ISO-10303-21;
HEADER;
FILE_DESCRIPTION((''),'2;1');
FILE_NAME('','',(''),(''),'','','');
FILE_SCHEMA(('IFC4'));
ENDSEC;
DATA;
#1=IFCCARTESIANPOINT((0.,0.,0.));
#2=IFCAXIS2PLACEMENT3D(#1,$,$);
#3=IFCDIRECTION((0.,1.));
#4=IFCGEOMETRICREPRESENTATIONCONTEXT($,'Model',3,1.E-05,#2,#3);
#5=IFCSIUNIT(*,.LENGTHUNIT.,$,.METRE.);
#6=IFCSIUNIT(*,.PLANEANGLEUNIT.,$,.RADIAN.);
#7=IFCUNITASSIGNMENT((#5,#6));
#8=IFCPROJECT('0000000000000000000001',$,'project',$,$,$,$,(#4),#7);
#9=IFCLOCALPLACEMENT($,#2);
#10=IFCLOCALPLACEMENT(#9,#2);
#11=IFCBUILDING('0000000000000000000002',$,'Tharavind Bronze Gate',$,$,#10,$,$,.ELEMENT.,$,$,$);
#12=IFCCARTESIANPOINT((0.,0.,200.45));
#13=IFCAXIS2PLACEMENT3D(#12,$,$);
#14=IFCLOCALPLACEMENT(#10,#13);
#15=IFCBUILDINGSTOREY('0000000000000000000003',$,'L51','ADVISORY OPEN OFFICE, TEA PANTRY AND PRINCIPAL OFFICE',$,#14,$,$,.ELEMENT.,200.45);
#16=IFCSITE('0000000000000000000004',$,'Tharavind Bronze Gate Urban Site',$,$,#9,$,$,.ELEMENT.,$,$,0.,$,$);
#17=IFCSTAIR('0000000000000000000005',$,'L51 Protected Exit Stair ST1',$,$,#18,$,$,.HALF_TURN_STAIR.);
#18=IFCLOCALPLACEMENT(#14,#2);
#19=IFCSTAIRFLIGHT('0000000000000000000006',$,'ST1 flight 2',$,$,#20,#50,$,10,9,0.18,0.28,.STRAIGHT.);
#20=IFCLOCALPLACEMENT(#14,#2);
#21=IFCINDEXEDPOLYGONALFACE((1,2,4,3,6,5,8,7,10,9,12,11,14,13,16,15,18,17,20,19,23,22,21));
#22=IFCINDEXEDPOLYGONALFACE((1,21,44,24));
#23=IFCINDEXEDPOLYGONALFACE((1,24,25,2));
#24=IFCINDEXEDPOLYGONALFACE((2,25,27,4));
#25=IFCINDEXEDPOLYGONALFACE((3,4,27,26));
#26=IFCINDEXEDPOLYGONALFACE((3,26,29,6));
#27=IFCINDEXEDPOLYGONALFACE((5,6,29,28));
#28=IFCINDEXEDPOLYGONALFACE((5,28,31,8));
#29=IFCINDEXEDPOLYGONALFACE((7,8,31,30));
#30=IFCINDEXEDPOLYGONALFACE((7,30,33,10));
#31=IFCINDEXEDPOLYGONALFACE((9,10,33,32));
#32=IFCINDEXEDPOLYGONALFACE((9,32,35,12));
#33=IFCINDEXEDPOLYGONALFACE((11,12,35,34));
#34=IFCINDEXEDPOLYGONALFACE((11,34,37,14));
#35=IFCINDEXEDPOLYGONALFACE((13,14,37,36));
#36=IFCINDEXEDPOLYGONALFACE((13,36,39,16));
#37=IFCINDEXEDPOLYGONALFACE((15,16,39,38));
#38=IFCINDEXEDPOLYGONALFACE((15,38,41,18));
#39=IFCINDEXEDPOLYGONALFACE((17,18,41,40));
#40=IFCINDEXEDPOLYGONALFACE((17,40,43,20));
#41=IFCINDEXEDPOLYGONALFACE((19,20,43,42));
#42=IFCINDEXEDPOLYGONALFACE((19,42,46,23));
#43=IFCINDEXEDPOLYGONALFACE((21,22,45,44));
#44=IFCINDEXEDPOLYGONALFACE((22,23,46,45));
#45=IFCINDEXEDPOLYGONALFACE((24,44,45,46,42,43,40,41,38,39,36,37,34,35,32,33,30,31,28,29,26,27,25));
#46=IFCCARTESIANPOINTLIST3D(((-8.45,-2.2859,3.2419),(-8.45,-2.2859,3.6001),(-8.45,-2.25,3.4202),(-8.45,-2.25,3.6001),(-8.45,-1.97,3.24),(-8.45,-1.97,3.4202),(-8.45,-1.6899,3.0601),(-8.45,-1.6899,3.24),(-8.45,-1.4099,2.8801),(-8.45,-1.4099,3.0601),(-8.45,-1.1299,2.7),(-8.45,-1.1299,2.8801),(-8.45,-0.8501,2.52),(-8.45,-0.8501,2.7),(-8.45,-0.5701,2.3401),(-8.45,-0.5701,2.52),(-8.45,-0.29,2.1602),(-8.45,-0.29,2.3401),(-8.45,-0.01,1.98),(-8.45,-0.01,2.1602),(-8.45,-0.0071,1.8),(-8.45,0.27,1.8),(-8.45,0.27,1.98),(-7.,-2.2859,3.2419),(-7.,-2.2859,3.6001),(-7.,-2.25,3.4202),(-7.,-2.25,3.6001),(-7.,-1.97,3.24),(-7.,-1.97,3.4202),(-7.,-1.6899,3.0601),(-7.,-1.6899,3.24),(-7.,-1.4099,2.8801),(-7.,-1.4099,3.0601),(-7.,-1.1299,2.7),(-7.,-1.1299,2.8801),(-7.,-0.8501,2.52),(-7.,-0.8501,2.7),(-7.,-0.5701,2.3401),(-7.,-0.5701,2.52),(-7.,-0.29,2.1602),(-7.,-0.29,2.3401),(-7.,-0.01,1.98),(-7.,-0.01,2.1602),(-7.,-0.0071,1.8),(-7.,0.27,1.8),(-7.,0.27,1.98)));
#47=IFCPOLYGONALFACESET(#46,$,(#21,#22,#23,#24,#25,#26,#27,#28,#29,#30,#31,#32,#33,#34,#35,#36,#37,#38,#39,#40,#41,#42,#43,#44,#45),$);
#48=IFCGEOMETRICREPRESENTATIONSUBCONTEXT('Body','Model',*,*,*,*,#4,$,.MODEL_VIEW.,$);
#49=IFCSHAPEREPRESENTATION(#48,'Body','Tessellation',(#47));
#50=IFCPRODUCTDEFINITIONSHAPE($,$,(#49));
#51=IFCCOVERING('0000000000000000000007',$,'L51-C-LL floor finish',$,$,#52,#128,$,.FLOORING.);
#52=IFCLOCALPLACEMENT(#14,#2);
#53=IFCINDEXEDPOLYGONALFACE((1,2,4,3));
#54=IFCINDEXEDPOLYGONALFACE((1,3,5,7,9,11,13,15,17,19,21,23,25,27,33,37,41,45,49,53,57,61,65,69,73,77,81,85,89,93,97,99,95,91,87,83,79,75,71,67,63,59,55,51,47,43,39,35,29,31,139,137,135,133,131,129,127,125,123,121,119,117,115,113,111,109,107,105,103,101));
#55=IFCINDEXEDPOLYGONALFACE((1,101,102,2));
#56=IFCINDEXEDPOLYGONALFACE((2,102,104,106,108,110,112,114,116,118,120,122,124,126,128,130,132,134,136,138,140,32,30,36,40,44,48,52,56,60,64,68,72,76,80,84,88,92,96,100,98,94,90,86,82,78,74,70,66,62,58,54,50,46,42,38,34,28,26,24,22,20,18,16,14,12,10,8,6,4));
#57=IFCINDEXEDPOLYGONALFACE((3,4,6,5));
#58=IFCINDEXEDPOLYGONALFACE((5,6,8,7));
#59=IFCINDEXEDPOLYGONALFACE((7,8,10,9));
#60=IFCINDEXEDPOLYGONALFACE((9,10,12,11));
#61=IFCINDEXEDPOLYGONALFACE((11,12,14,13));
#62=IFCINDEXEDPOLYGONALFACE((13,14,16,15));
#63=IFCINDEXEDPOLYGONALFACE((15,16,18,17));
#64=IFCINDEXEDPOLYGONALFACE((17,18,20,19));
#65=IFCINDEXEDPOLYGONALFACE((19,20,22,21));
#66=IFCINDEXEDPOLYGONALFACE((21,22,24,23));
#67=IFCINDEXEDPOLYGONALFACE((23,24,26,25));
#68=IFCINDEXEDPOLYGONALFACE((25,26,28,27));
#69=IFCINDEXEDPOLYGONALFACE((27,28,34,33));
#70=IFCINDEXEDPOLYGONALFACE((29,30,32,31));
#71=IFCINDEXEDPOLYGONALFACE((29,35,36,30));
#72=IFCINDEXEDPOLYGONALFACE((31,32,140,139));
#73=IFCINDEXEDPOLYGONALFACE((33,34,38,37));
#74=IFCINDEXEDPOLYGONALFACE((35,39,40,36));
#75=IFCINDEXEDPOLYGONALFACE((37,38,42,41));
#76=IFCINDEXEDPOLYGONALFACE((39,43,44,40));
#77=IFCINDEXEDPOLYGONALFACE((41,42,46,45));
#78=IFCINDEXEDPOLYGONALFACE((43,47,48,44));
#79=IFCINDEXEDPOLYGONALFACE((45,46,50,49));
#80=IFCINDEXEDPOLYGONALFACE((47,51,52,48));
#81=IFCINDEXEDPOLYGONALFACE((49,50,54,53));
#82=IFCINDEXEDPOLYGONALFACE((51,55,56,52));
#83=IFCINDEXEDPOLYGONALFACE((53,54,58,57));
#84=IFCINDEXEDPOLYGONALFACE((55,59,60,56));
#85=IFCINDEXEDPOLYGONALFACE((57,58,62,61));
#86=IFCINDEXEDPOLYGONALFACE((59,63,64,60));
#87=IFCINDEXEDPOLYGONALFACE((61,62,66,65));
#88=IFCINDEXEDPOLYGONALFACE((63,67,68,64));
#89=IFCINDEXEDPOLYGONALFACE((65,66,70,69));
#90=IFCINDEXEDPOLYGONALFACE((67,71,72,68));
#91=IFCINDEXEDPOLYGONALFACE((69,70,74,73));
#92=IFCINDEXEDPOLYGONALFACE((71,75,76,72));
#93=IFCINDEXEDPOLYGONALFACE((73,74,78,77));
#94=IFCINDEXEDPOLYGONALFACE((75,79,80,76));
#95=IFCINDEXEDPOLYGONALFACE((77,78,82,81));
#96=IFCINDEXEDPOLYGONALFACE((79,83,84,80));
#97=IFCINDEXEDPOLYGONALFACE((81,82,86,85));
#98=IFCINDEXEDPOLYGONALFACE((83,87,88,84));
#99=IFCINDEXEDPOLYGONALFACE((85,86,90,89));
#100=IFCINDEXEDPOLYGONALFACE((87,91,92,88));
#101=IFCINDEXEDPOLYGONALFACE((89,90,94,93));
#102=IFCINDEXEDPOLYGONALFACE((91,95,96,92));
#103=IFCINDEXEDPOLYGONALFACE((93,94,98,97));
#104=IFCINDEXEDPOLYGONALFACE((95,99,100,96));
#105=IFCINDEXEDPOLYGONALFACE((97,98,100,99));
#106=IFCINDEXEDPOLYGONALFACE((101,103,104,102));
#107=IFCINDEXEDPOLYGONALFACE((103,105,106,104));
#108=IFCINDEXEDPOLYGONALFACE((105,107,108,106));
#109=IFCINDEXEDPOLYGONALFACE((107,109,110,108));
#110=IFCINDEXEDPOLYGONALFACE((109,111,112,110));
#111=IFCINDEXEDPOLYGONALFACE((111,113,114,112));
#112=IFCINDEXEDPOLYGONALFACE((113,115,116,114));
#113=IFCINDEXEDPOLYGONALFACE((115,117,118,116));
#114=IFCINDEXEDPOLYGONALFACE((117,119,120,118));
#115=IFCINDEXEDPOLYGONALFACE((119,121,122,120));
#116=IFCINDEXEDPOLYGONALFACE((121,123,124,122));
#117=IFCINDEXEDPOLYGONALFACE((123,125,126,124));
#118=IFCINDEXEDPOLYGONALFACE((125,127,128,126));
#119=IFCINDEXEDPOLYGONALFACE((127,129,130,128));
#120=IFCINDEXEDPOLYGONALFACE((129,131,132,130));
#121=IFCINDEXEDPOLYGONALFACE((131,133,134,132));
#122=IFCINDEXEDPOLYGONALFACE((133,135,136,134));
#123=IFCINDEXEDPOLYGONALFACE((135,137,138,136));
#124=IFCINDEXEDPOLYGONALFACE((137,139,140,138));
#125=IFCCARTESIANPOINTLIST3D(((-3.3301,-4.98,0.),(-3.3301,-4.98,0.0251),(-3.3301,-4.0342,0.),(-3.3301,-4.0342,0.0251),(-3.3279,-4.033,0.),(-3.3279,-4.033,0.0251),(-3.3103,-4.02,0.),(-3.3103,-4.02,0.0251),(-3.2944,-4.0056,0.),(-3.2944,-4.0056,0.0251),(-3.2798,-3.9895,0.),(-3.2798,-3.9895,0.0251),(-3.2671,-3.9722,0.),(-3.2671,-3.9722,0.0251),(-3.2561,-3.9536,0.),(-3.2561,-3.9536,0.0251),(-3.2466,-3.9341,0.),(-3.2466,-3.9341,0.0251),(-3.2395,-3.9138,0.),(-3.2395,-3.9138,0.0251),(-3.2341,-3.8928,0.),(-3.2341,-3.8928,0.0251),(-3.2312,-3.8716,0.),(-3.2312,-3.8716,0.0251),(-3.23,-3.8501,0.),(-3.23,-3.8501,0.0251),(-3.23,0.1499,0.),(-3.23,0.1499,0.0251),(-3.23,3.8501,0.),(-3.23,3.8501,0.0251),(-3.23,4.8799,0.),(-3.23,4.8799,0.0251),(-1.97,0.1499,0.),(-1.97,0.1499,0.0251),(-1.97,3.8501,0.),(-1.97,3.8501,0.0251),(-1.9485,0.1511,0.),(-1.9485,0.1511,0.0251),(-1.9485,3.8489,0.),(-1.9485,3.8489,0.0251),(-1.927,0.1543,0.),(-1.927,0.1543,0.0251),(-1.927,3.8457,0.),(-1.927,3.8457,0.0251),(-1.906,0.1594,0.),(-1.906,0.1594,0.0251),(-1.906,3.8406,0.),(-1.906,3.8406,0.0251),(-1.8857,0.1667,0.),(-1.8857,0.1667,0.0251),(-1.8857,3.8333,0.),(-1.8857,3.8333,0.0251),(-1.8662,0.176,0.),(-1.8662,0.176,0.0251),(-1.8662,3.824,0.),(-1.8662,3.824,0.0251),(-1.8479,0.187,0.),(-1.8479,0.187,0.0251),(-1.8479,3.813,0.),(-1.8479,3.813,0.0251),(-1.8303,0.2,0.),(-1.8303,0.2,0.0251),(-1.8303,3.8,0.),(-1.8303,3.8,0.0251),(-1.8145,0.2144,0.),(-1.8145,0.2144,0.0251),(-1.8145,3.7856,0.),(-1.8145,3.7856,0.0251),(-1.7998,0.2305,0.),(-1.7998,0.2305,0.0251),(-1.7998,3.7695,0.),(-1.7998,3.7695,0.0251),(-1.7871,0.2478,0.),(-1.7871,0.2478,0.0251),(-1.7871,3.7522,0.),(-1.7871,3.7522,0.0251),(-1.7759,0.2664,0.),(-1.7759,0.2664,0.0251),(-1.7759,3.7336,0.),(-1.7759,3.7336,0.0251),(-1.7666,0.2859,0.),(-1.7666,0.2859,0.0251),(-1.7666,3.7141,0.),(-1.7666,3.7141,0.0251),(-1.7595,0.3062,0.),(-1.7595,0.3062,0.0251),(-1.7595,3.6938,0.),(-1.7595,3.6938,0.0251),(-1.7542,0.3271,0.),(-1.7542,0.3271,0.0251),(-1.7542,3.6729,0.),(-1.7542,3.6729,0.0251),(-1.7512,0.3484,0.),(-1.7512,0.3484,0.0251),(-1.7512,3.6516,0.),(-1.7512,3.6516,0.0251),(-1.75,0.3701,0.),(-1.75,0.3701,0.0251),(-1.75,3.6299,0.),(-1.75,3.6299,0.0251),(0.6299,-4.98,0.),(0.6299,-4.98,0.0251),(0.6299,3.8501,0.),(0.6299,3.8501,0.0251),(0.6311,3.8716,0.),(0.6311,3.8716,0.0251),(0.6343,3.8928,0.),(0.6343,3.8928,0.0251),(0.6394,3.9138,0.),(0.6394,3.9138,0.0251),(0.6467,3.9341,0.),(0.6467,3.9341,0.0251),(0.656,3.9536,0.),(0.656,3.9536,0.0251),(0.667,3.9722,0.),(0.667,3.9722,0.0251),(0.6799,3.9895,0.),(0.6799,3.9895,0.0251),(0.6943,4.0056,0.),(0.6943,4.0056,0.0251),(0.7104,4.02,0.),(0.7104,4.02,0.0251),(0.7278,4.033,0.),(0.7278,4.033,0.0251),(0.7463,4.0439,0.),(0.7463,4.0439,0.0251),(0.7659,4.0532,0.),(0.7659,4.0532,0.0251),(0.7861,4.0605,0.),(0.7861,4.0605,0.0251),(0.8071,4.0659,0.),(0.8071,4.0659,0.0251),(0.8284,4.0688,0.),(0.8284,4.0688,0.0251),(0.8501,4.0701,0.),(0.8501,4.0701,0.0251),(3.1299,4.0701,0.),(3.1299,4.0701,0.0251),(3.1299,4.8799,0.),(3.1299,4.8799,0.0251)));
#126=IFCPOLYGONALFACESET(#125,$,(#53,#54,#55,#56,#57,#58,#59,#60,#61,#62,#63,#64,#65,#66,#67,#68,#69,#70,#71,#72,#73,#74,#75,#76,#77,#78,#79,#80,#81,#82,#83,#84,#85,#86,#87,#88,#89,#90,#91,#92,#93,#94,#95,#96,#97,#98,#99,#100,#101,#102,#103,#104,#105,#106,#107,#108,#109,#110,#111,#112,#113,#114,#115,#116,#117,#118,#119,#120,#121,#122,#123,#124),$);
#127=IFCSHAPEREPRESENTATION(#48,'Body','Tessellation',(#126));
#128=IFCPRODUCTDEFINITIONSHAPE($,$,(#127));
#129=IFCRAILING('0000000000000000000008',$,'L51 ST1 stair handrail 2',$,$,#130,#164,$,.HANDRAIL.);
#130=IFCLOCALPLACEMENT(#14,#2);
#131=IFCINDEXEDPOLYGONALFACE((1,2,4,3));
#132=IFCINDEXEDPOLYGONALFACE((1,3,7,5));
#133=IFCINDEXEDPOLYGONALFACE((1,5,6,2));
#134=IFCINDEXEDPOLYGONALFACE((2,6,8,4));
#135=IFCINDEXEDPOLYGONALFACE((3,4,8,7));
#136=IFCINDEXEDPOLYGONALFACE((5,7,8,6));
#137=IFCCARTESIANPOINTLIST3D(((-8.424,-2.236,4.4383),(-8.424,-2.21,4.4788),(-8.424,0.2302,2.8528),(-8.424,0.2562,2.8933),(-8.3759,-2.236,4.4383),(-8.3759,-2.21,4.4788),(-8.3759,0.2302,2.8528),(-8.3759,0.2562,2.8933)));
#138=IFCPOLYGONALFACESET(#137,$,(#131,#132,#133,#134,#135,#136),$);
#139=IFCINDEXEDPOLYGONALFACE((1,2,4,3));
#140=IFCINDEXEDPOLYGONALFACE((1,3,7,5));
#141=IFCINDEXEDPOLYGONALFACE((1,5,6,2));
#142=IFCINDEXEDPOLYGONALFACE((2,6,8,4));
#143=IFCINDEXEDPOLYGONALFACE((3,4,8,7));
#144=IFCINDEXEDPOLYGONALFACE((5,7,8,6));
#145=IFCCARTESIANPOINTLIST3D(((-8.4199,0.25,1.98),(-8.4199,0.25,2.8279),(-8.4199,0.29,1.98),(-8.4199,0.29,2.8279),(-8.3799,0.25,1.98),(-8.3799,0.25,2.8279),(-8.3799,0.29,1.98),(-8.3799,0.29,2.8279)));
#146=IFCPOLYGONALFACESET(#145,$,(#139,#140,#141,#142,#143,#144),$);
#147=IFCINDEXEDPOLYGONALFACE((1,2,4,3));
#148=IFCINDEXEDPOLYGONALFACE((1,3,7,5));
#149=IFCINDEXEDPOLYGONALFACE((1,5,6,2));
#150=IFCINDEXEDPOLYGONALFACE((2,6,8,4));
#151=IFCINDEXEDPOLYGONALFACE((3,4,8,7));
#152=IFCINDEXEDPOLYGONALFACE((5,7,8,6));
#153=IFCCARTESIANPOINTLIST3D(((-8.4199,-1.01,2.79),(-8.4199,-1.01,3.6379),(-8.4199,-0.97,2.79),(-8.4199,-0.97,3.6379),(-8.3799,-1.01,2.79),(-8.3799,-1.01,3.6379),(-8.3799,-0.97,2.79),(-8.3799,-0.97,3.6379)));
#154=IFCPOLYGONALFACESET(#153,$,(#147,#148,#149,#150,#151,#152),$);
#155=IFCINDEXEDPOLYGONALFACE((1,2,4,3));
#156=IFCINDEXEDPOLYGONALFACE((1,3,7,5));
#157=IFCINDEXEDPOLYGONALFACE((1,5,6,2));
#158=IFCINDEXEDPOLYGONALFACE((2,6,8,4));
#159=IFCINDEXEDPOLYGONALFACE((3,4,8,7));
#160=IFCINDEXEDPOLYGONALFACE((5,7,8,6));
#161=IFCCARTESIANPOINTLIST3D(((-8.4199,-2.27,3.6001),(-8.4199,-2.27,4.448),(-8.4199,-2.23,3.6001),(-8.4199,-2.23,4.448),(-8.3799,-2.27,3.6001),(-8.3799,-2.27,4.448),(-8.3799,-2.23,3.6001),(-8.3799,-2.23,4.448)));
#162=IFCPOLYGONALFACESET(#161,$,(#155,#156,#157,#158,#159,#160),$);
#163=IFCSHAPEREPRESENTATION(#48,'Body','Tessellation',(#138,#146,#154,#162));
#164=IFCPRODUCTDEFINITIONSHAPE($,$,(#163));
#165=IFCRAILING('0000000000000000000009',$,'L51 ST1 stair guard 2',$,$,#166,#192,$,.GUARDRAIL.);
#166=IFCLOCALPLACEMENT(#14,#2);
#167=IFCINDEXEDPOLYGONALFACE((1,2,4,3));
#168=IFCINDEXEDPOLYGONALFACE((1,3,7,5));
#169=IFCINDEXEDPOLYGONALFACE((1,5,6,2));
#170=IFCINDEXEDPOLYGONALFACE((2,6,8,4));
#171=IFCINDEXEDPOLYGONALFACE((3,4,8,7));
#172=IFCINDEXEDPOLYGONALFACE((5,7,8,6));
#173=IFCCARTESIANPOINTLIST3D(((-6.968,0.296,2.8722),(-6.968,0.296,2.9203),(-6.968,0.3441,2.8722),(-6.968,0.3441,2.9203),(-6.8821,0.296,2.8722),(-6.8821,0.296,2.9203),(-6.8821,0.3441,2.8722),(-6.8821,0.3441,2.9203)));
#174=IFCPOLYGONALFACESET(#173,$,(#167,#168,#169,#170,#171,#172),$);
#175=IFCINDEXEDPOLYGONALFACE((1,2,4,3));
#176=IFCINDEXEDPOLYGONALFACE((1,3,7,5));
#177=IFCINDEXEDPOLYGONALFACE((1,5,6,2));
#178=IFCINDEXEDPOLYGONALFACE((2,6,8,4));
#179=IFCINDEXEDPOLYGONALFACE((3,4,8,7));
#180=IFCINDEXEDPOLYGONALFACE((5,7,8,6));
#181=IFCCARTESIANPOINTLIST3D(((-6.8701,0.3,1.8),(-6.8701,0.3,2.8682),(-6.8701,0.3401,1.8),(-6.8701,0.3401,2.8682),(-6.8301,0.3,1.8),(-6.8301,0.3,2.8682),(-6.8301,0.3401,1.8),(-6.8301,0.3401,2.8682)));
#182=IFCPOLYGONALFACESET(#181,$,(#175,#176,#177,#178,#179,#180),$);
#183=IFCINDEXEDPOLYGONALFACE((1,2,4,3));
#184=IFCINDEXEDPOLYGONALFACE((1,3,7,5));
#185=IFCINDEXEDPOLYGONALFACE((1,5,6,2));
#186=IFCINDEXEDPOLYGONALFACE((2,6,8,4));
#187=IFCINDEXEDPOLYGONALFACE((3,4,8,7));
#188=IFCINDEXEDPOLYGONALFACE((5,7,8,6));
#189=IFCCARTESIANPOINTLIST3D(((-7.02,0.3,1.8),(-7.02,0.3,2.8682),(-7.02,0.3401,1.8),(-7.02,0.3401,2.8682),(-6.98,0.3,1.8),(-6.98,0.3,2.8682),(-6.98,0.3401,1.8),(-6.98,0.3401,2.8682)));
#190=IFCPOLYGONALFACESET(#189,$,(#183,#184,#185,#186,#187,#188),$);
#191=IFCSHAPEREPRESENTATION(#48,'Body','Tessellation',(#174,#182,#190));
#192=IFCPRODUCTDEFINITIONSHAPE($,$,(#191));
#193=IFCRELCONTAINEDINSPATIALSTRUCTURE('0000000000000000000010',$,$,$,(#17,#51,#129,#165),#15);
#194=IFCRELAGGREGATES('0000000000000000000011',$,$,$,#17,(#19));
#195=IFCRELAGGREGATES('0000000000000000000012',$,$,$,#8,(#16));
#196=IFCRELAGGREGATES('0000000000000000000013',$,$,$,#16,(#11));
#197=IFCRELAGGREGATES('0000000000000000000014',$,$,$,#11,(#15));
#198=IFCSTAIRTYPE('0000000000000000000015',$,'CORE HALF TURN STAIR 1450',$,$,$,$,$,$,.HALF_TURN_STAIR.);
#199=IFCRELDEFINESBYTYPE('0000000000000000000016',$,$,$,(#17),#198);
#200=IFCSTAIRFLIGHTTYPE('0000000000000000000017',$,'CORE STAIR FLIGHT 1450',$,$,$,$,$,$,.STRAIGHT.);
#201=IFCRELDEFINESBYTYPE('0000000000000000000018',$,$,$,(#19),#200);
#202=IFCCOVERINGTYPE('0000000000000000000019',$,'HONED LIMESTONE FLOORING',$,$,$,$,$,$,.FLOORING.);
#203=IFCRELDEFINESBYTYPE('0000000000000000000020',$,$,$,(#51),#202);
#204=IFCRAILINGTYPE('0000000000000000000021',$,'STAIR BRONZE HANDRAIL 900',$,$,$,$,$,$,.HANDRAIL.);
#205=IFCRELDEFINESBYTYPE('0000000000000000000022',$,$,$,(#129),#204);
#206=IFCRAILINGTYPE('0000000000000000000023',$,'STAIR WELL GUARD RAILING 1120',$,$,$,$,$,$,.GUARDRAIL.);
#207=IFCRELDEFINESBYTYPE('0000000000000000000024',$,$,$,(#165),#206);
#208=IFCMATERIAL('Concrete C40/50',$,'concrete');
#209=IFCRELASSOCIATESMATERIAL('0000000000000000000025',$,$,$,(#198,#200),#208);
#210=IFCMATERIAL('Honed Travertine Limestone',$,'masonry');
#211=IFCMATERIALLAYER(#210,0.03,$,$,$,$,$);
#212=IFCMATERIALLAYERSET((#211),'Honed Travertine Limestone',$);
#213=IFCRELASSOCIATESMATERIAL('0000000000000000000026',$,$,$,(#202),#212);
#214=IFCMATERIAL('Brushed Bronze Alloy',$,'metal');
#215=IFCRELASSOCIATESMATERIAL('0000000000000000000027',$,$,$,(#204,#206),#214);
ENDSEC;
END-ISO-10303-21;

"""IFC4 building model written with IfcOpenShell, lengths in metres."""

from ifc_helpers import new_model, si_unit, direction, frame, origin, origin_2d, place, context, subcontext, project, spatial, polyline, rectangle, outline, extrude, material, layer, layer_set, type_object, element, aggregate, save


model = new_model("IFC4")

# Units and contexts
model_context = context("Model", 3, precision=1e-05, world=origin(), true_north=direction((0.0, 1.0)))
body_context = subcontext(model_context, "Body", "Model", "MODEL_VIEW")
ifc_project = project(units=[si_unit("LENGTHUNIT", "METRE"), si_unit("PLANEANGLEUNIT", "RADIAN")], contexts=[model_context])

# Site, building, storey
site_placement = place(None, origin())
site = spatial("IfcSite", under=ifc_project, at=site_placement, Name="Tharavind Bronze Gate Urban Site", CompositionType="ELEMENT", RefElevation=0.0)
building_placement = place(site_placement, origin())
building = spatial("IfcBuilding", under=site, at=building_placement, Name="Tharavind Bronze Gate", CompositionType="ELEMENT")
storey_placement = place(building_placement, frame((0.0, 0.0, 200.45)))
storey = spatial("IfcBuildingStorey", under=building, at=storey_placement, Name="L51", Description="ADVISORY OPEN OFFICE, TEA PANTRY AND PRINCIPAL OFFICE", CompositionType="ELEMENT", Elevation=200.45)

# Shared definitions
ifc_material_1 = material(Name="Concrete C40/50", Category="concrete")

# Stair
stair_type = type_object("IfcStairType", Name="CORE HALF TURN STAIR 1450", PredefinedType="HALF_TURN_STAIR", material=ifc_material_1)
stair_1_placement = place(storey_placement, origin())
stair_1 = element("IfcStair", 1, at=stair_1_placement, inside=storey, type_object=stair_type, Name="L51 Protected Exit Stair ST1", PredefinedType="HALF_TURN_STAIR")

# Stair flight
stair_flight_type = type_object("IfcStairFlightType", Name="CORE STAIR FLIGHT 1450", PredefinedType="STRAIGHT", material=ifc_material_1)
stair_flight_placement = place(storey_placement, frame((-7.7251, 0.27, 1.8), z_axis=(0.0, 0.0, 1.0), x_axis=(0.0, -1.0, 0.0)))
stair_flight = element("IfcStairFlight", 2, at=stair_flight_placement, type_object=stair_flight_type, Name="ST1 flight 2", NumberOfRisers=10, NumberOfTreads=9, PredefinedType="STRAIGHT", RiserHeight=0.18, TreadLength=0.28, context=body_context, shape_type="SweptSolid", body=[
    extrude(outline(polyline([(0.0, 0.0), (0.0, 0.1799), (0.28, 0.1799), (0.28, 0.3601), (0.5601, 0.3601), (0.5601, 0.54), (0.8401, 0.54), (0.8401, 0.72), (1.1201, 0.72), (1.1201, 0.8999), (1.3999, 0.8999), (1.3999, 1.0801), (1.6799, 1.0801), (1.6799, 1.26), (1.96, 1.26), (1.96, 1.4399), (2.24, 1.4399), (2.24, 1.6201), (2.52, 1.6201), (2.52, 1.8), (2.5559, 1.8), (2.5559, 1.4419), (0.2771, 0.0), (0.0, 0.0)])), frame((0.0, 0.7251, 0.0), z_axis=(0.0, -1.0, 0.0), x_axis=(1.0, 0.0, 0.0)), (0.0, 0.0, 1.0), 1.45),
])
aggregate(stair_1, [stair_flight])

# Covering
ifc_material_2 = material(Name="Honed Travertine Limestone", Category="masonry")
ifc_layer_1 = layer(ifc_material_2, 0.03)
ifc_layer_set_1 = layer_set([ifc_layer_1], Name="Honed Travertine Limestone")
covering_type = type_object("IfcCoveringType", Name="HONED LIMESTONE FLOORING", PredefinedType="FLOORING", material=ifc_layer_set_1)
covering_placement = place(storey_placement, origin())
element("IfcCovering", 3, at=covering_placement, inside=storey, type_object=covering_type, Name="L51-C-LL floor finish", PredefinedType="FLOORING", context=body_context, shape_type="SweptSolid", body=[
    extrude(outline(polyline([(-3.3301, -4.98), (0.6299, -4.98), (0.6299, 3.8501), (0.6311, 3.8716), (0.6343, 3.8928), (0.6394, 3.9138), (0.6467, 3.9341), (0.656, 3.9536), (0.667, 3.9722), (0.6799, 3.9895), (0.6943, 4.0056), (0.7104, 4.02), (0.7278, 4.033), (0.7463, 4.0439), (0.7659, 4.0532), (0.7861, 4.0605), (0.8071, 4.0659), (0.8284, 4.0688), (0.8501, 4.0701), (3.1299, 4.0701), (3.1299, 4.8799), (-3.23, 4.8799), (-3.23, 3.8501), (-1.97, 3.8501), (-1.9485, 3.8489), (-1.927, 3.8457), (-1.906, 3.8406), (-1.8857, 3.8333), (-1.8662, 3.824), (-1.8479, 3.813), (-1.8303, 3.8), (-1.8145, 3.7856), (-1.7998, 3.7695), (-1.7871, 3.7522), (-1.7759, 3.7336), (-1.7666, 3.7141), (-1.7595, 3.6938), (-1.7542, 3.6729), (-1.7512, 3.6516), (-1.75, 3.6299), (-1.75, 0.3701), (-1.7512, 0.3484), (-1.7542, 0.3271), (-1.7595, 0.3062), (-1.7666, 0.2859), (-1.7759, 0.2664), (-1.7871, 0.2478), (-1.7998, 0.2305), (-1.8145, 0.2144), (-1.8303, 0.2), (-1.8479, 0.187), (-1.8662, 0.176), (-1.8857, 0.1667), (-1.906, 0.1594), (-1.927, 0.1543), (-1.9485, 0.1511), (-1.97, 0.1499), (-3.23, 0.1499), (-3.23, -3.8501), (-3.2312, -3.8716), (-3.2341, -3.8928), (-3.2395, -3.9138), (-3.2466, -3.9341), (-3.2561, -3.9536), (-3.2671, -3.9722), (-3.2798, -3.9895), (-3.2944, -4.0056), (-3.3103, -4.02), (-3.3279, -4.033), (-3.3301, -4.0342), (-3.3301, -4.98)])), origin(), (0.0, 0.0, 1.0), 0.0251),
])

# Railings
ifc_material_3 = material(Name="Brushed Bronze Alloy", Category="metal")
railing_type_1 = type_object("IfcRailingType", Name="STAIR BRONZE HANDRAIL 900", PredefinedType="HANDRAIL", material=ifc_material_3)
railing_1_placement = place(storey_placement, frame((-8.3999, 0.27, 1.98)))
element("IfcRailing", 4, at=railing_1_placement, inside=storey, type_object=railing_type_1, Name="L51 ST1 stair handrail 2", PredefinedType="HANDRAIL", context=body_context, shape_type="SweptSolid", body=[
    extrude(rectangle(XDim=0.0481, YDim=0.0481, at=origin_2d()), frame((0.0, -0.0269, 0.8931), z_axis=(0.0, -0.841163, 0.540782), x_axis=(1.0, 0.0, 0.0)), (0.0, 0.0, 1.0), 2.9319),
    extrude(rectangle(XDim=0.04, YDim=0.04, at=origin_2d()), origin(), (0.0, 0.0, 1.0), 0.8479),
    extrude(rectangle(XDim=0.04, YDim=0.04, at=origin_2d()), frame((0.0, -1.26, 0.8101)), (0.0, 0.0, 1.0), 0.8479),
    extrude(rectangle(XDim=0.04, YDim=0.04, at=origin_2d()), frame((0.0, -2.52, 1.6201)), (0.0, 0.0, 1.0), 0.8479),
])
railing_type_2 = type_object("IfcRailingType", Name="STAIR WELL GUARD RAILING 1120", PredefinedType="GUARDRAIL", material=ifc_material_3)
railing_2_placement = place(storey_placement, frame((-6.8501, 0.3201, 1.8)))
element("IfcRailing", 5, at=railing_2_placement, inside=storey, type_object=railing_type_2, Name="L51 ST1 stair guard 2", PredefinedType="GUARDRAIL", context=body_context, shape_type="SweptSolid", body=[
    extrude(rectangle(XDim=0.0481, YDim=0.0481, at=origin_2d()), frame((-0.032, 0.0, 1.0962), z_axis=(-1.0, 0.0, 0.0), x_axis=(0.0, -1.0, 0.0)), (0.0, 0.0, 1.0), 0.0859),
    extrude(rectangle(XDim=0.04, YDim=0.04, at=origin_2d()), origin(), (0.0, 0.0, 1.0), 1.0681),
    extrude(rectangle(XDim=0.04, YDim=0.04, at=origin_2d()), frame((-0.1499, 0.0, 0.0)), (0.0, 0.0, 1.0), 1.0681),
])

save(model, "model.ifc")
